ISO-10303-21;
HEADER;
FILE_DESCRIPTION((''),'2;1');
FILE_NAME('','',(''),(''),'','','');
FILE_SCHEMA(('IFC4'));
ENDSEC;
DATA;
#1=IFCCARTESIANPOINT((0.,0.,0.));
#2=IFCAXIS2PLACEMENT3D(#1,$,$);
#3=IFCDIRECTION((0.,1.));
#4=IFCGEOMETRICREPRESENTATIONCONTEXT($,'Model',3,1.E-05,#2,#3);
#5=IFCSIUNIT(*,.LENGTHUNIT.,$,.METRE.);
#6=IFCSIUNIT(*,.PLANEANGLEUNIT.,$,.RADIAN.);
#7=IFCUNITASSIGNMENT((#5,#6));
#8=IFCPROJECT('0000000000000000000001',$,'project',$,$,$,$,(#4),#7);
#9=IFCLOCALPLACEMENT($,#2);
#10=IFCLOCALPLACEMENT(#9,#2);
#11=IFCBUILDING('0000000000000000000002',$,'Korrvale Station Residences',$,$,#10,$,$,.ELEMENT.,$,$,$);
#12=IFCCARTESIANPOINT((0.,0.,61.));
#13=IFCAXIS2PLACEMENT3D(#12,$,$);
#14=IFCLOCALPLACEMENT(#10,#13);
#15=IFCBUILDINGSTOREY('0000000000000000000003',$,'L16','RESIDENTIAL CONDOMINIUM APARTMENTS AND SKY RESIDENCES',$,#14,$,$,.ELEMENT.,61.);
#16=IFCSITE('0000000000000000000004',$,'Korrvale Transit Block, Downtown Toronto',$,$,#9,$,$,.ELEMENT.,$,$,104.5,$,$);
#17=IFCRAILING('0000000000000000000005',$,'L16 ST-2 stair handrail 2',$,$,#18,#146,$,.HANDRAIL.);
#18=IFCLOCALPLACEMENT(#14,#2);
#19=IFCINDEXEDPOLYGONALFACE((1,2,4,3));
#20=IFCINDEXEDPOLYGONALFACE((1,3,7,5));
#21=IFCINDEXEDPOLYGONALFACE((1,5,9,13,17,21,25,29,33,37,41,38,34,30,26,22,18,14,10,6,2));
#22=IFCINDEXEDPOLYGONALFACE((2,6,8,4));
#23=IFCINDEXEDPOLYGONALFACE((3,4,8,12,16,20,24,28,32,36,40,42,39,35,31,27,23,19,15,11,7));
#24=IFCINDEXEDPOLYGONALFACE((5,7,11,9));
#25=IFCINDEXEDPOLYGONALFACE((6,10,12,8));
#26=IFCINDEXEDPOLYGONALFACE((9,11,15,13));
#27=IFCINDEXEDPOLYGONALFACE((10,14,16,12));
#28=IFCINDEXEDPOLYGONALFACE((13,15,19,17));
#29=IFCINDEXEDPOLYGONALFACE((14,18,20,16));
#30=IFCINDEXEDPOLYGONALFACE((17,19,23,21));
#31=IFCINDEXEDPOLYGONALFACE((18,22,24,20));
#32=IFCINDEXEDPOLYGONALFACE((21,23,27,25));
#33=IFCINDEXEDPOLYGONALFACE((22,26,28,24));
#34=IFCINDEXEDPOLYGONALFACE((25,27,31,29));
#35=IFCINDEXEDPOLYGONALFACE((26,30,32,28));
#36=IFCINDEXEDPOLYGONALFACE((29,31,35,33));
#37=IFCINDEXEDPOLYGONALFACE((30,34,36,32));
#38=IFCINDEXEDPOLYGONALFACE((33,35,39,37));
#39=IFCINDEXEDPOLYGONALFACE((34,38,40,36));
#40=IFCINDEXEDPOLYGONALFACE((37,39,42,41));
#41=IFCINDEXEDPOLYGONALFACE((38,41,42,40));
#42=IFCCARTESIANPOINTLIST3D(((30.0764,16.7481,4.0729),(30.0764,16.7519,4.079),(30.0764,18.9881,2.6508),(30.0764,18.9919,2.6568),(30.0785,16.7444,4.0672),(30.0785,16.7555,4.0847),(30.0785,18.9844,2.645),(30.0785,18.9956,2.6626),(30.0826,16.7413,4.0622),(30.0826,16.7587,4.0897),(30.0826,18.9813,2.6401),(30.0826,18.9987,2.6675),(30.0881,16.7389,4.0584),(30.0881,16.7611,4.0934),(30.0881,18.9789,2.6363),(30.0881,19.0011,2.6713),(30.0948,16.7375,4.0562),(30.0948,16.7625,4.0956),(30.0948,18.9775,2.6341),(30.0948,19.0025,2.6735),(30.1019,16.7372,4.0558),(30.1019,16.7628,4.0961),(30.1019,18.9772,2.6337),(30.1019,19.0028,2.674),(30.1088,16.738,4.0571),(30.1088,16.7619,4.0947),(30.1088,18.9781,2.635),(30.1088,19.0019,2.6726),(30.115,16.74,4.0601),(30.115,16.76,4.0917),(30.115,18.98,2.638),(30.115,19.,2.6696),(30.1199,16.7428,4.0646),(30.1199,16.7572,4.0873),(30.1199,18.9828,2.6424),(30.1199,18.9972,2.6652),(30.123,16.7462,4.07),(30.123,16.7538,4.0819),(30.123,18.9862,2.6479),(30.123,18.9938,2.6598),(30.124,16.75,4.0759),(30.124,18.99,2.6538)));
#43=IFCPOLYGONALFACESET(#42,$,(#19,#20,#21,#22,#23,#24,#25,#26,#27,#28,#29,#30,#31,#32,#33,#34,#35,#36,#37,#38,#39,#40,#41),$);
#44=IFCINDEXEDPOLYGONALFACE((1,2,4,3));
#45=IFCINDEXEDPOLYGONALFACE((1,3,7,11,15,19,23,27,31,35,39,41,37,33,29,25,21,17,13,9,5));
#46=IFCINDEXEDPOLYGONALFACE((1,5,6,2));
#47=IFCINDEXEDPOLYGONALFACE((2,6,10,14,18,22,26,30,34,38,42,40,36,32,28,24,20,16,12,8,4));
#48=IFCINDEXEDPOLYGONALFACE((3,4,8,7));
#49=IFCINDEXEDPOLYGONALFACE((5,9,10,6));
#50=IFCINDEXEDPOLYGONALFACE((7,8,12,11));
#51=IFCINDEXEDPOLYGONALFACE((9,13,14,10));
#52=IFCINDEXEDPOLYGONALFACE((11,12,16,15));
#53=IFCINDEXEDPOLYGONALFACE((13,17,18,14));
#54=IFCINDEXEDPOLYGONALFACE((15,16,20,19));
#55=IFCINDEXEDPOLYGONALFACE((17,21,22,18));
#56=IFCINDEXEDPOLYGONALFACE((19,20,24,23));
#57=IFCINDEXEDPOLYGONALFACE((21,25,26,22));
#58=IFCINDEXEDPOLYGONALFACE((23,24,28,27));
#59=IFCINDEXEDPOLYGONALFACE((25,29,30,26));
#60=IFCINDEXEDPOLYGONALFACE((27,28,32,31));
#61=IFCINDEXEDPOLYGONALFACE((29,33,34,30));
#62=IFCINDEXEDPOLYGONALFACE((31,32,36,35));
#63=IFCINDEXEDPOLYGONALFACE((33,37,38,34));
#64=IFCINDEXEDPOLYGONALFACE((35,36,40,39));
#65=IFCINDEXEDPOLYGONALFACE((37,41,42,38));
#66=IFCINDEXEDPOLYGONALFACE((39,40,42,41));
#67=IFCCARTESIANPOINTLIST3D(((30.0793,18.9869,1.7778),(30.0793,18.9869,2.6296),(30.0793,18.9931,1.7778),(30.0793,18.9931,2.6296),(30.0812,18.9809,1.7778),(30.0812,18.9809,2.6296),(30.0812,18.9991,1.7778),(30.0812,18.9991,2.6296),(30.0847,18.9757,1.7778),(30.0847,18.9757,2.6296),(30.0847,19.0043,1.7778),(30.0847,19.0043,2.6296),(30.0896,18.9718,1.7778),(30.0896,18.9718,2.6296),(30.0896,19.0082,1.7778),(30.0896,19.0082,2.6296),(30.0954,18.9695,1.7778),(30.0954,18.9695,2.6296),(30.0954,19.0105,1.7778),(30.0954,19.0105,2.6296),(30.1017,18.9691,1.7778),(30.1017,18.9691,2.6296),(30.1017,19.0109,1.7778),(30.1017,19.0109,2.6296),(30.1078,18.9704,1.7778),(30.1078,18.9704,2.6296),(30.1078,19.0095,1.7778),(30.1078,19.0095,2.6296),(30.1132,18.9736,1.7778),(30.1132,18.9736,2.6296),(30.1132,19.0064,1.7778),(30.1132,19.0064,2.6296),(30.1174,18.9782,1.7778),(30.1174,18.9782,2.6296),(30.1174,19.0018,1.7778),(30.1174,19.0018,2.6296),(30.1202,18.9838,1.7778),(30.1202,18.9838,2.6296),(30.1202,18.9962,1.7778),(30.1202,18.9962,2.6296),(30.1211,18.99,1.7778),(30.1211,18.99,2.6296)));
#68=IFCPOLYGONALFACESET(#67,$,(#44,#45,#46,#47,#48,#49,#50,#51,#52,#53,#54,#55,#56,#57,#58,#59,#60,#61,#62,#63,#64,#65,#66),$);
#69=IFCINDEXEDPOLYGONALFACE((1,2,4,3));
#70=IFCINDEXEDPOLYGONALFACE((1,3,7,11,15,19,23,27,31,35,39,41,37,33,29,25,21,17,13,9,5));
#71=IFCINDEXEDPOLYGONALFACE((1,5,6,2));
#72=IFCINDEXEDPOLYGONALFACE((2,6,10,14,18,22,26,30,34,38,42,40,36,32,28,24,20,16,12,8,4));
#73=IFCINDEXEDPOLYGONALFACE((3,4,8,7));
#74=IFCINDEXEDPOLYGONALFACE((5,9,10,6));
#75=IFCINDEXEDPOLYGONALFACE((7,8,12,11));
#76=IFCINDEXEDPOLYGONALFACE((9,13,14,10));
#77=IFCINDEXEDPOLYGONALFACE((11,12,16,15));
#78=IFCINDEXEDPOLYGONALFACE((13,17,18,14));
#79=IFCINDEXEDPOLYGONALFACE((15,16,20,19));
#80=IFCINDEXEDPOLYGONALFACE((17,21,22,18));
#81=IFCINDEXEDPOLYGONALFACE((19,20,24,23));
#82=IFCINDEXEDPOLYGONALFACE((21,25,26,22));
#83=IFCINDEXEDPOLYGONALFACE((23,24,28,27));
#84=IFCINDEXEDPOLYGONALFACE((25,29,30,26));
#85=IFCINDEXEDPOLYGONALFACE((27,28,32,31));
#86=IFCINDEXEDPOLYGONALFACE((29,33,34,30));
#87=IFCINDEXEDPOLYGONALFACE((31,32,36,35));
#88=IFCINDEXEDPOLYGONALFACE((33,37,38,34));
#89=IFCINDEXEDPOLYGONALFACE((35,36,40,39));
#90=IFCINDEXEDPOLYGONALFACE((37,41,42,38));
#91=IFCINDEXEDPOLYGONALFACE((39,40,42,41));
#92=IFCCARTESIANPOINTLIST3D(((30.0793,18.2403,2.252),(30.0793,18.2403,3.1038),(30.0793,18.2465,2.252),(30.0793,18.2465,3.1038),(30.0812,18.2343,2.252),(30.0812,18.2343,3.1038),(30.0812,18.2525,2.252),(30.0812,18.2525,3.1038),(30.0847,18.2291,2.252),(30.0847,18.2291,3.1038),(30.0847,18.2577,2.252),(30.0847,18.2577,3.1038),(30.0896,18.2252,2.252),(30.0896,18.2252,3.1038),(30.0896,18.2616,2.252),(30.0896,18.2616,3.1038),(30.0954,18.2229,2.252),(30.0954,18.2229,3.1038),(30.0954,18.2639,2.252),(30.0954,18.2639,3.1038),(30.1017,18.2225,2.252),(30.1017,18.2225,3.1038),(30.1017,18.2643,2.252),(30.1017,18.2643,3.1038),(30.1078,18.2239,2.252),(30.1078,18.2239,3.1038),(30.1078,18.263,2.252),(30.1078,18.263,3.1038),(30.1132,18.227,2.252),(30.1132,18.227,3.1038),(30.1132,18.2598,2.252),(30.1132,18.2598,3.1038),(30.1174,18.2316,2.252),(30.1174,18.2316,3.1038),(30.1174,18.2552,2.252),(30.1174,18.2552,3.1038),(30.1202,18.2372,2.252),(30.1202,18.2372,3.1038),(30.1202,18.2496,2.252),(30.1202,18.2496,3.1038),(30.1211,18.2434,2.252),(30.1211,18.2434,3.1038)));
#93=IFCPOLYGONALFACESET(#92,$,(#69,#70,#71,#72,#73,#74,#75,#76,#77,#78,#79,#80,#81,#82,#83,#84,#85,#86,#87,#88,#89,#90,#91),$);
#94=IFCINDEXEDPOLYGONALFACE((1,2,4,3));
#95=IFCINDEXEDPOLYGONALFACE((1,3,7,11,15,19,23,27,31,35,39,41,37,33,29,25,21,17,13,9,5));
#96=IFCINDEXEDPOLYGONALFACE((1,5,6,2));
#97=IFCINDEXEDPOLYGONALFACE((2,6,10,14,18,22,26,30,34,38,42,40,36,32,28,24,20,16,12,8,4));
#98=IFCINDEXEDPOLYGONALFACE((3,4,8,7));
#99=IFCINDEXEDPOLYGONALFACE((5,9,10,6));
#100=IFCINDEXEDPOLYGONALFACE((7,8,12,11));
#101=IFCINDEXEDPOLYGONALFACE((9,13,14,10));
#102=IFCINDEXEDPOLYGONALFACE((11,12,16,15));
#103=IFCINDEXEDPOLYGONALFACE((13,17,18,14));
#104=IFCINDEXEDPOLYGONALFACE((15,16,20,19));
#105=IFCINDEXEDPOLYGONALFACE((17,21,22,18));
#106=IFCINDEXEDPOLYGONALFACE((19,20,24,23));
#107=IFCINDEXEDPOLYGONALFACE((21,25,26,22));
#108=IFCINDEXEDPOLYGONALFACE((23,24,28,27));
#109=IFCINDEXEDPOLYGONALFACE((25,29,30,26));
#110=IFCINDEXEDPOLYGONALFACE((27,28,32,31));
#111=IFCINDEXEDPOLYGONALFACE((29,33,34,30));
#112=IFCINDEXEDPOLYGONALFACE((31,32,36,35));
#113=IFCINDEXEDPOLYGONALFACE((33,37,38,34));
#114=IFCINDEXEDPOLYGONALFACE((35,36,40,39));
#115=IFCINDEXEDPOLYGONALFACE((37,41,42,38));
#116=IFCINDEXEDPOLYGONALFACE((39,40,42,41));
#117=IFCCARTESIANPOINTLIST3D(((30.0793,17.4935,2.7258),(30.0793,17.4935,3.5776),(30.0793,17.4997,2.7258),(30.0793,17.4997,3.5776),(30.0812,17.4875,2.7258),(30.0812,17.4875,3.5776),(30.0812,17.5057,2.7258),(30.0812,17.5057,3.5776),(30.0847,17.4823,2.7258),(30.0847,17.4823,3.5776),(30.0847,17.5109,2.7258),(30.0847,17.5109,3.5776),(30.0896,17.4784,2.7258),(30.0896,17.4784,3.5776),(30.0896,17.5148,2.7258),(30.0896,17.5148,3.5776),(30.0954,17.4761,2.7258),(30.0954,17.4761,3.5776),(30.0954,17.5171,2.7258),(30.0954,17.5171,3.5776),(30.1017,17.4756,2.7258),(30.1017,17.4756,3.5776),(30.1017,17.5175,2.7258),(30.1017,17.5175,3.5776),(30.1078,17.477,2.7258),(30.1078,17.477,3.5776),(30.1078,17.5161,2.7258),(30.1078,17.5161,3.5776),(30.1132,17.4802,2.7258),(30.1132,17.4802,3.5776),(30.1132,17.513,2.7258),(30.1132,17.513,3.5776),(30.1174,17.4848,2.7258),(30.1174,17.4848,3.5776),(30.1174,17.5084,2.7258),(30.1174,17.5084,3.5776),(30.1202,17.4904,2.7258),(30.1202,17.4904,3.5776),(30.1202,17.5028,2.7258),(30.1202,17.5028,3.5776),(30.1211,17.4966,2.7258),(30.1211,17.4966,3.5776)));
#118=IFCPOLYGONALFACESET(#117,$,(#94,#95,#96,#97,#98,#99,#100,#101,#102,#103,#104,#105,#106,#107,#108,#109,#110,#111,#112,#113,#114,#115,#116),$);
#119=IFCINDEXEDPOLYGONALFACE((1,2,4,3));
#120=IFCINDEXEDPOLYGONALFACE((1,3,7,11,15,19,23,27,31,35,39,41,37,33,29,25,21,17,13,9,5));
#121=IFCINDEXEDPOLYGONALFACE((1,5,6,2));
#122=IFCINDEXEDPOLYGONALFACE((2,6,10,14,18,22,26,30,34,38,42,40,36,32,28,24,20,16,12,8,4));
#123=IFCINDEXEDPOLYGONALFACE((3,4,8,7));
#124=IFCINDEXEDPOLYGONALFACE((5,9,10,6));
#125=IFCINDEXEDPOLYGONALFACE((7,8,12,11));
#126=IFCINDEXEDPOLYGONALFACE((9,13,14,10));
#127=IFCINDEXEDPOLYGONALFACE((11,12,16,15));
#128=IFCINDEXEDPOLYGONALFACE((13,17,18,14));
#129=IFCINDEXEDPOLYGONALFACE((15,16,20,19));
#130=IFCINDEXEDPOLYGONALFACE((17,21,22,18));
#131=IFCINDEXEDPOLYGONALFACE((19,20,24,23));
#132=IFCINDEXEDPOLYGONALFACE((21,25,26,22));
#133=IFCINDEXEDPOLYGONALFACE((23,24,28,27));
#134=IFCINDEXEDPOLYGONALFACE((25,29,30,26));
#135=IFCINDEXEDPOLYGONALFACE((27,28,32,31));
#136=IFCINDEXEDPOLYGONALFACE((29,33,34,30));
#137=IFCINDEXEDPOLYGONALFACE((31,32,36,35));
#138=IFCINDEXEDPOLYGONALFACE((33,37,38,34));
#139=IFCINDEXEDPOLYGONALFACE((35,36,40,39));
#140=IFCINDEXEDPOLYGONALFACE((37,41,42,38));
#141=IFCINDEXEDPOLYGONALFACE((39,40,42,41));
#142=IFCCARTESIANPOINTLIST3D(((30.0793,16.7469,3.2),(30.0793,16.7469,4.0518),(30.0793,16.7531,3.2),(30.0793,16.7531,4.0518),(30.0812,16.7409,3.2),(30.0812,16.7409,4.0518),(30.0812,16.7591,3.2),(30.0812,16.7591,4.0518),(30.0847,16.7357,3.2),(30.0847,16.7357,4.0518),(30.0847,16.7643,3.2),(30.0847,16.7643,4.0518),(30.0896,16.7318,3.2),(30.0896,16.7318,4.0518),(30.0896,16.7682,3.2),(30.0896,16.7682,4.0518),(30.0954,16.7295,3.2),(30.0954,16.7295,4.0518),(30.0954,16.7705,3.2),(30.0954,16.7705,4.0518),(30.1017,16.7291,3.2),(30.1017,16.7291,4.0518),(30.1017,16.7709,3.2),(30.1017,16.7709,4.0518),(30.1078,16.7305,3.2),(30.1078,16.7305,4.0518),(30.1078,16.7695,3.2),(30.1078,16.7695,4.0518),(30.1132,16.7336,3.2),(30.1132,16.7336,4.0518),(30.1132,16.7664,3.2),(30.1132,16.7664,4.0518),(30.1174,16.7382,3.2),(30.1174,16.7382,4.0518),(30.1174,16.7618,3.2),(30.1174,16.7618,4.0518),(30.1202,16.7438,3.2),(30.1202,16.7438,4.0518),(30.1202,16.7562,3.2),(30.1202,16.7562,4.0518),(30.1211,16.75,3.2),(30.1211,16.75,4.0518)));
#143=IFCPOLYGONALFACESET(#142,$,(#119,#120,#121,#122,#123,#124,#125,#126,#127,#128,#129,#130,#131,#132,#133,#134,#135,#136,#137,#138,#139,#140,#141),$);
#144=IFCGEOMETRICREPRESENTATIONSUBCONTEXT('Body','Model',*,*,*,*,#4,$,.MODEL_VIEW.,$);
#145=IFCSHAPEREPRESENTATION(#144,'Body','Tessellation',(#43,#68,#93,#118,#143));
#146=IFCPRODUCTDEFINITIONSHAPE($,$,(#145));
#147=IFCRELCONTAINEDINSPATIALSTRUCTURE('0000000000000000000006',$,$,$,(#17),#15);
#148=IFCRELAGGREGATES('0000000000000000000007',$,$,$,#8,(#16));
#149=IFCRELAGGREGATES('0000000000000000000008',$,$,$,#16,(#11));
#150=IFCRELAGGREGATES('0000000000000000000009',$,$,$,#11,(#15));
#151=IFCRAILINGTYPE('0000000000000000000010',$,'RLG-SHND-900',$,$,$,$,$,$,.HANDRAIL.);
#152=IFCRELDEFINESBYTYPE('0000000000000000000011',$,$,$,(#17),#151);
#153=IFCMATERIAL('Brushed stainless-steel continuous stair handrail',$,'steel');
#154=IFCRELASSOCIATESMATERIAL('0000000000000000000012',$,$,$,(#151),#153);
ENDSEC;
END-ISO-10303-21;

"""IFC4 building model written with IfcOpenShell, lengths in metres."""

from ifc_helpers import new_model, si_unit, direction, frame, origin, origin_2d, place, context, subcontext, project, spatial, circle, extrude, material, type_object, element, save


model = new_model("IFC4")

# Units and contexts
model_context = context("Model", 3, precision=1e-05, world=origin(), true_north=direction((0.0, 1.0)))
body_context = subcontext(model_context, "Body", "Model", "MODEL_VIEW")
ifc_project = project(units=[si_unit("LENGTHUNIT", "METRE"), si_unit("PLANEANGLEUNIT", "RADIAN")], contexts=[model_context])

# Site, building, storey
site_placement = place(None, origin())
site = spatial("IfcSite", under=ifc_project, at=site_placement, Name="Korrvale Transit Block, Downtown Toronto", CompositionType="ELEMENT", RefElevation=104.5)
building_placement = place(site_placement, origin())
building = spatial("IfcBuilding", under=site, at=building_placement, Name="Korrvale Station Residences", CompositionType="ELEMENT")
storey_placement = place(building_placement, frame((0.0, 0.0, 61.0)))
storey = spatial("IfcBuildingStorey", under=building, at=storey_placement, Name="L16", Description="RESIDENTIAL CONDOMINIUM APARTMENTS AND SKY RESIDENCES", CompositionType="ELEMENT", Elevation=61.0)

# Railing
ifc_material_1 = material(Name="Brushed stainless-steel continuous stair handrail", Category="steel")
railing_type_1 = type_object("IfcRailingType", Name="RLG-SHND-900", PredefinedType="HANDRAIL", material=ifc_material_1)
railing_1_placement = place(storey_placement, frame((30.1001, 18.99, 1.7778)))
element("IfcRailing", 1, at=railing_1_placement, inside=storey, type_object=railing_type_1, Name="L16 ST-2 stair handrail 2", PredefinedType="HANDRAIL", context=body_context, shape_type="SweptSolid", body=[
    extrude(circle(Radius=0.0239, at=origin_2d()), frame((0.0, 0.0, 0.876), z_axis=(0.0, -0.844229, 0.535982), x_axis=(1.0, 0.0, 0.0)), (0.0, 0.0, 1.0), 2.6533),
    extrude(circle(Radius=0.021, at=origin_2d()), origin(), (0.0, 0.0, 1.0), 0.8518),
    extrude(circle(Radius=0.021, at=origin_2d()), frame((0.0, -0.7466, 0.4741)), (0.0, 0.0, 1.0), 0.8518),
    extrude(circle(Radius=0.021, at=origin_2d()), frame((0.0, -1.4934, 0.948)), (0.0, 0.0, 1.0), 0.8518),
    extrude(circle(Radius=0.021, at=origin_2d()), frame((0.0, -2.24, 1.4221)), (0.0, 0.0, 1.0), 0.8518),
])

save(model, "model.ifc")
